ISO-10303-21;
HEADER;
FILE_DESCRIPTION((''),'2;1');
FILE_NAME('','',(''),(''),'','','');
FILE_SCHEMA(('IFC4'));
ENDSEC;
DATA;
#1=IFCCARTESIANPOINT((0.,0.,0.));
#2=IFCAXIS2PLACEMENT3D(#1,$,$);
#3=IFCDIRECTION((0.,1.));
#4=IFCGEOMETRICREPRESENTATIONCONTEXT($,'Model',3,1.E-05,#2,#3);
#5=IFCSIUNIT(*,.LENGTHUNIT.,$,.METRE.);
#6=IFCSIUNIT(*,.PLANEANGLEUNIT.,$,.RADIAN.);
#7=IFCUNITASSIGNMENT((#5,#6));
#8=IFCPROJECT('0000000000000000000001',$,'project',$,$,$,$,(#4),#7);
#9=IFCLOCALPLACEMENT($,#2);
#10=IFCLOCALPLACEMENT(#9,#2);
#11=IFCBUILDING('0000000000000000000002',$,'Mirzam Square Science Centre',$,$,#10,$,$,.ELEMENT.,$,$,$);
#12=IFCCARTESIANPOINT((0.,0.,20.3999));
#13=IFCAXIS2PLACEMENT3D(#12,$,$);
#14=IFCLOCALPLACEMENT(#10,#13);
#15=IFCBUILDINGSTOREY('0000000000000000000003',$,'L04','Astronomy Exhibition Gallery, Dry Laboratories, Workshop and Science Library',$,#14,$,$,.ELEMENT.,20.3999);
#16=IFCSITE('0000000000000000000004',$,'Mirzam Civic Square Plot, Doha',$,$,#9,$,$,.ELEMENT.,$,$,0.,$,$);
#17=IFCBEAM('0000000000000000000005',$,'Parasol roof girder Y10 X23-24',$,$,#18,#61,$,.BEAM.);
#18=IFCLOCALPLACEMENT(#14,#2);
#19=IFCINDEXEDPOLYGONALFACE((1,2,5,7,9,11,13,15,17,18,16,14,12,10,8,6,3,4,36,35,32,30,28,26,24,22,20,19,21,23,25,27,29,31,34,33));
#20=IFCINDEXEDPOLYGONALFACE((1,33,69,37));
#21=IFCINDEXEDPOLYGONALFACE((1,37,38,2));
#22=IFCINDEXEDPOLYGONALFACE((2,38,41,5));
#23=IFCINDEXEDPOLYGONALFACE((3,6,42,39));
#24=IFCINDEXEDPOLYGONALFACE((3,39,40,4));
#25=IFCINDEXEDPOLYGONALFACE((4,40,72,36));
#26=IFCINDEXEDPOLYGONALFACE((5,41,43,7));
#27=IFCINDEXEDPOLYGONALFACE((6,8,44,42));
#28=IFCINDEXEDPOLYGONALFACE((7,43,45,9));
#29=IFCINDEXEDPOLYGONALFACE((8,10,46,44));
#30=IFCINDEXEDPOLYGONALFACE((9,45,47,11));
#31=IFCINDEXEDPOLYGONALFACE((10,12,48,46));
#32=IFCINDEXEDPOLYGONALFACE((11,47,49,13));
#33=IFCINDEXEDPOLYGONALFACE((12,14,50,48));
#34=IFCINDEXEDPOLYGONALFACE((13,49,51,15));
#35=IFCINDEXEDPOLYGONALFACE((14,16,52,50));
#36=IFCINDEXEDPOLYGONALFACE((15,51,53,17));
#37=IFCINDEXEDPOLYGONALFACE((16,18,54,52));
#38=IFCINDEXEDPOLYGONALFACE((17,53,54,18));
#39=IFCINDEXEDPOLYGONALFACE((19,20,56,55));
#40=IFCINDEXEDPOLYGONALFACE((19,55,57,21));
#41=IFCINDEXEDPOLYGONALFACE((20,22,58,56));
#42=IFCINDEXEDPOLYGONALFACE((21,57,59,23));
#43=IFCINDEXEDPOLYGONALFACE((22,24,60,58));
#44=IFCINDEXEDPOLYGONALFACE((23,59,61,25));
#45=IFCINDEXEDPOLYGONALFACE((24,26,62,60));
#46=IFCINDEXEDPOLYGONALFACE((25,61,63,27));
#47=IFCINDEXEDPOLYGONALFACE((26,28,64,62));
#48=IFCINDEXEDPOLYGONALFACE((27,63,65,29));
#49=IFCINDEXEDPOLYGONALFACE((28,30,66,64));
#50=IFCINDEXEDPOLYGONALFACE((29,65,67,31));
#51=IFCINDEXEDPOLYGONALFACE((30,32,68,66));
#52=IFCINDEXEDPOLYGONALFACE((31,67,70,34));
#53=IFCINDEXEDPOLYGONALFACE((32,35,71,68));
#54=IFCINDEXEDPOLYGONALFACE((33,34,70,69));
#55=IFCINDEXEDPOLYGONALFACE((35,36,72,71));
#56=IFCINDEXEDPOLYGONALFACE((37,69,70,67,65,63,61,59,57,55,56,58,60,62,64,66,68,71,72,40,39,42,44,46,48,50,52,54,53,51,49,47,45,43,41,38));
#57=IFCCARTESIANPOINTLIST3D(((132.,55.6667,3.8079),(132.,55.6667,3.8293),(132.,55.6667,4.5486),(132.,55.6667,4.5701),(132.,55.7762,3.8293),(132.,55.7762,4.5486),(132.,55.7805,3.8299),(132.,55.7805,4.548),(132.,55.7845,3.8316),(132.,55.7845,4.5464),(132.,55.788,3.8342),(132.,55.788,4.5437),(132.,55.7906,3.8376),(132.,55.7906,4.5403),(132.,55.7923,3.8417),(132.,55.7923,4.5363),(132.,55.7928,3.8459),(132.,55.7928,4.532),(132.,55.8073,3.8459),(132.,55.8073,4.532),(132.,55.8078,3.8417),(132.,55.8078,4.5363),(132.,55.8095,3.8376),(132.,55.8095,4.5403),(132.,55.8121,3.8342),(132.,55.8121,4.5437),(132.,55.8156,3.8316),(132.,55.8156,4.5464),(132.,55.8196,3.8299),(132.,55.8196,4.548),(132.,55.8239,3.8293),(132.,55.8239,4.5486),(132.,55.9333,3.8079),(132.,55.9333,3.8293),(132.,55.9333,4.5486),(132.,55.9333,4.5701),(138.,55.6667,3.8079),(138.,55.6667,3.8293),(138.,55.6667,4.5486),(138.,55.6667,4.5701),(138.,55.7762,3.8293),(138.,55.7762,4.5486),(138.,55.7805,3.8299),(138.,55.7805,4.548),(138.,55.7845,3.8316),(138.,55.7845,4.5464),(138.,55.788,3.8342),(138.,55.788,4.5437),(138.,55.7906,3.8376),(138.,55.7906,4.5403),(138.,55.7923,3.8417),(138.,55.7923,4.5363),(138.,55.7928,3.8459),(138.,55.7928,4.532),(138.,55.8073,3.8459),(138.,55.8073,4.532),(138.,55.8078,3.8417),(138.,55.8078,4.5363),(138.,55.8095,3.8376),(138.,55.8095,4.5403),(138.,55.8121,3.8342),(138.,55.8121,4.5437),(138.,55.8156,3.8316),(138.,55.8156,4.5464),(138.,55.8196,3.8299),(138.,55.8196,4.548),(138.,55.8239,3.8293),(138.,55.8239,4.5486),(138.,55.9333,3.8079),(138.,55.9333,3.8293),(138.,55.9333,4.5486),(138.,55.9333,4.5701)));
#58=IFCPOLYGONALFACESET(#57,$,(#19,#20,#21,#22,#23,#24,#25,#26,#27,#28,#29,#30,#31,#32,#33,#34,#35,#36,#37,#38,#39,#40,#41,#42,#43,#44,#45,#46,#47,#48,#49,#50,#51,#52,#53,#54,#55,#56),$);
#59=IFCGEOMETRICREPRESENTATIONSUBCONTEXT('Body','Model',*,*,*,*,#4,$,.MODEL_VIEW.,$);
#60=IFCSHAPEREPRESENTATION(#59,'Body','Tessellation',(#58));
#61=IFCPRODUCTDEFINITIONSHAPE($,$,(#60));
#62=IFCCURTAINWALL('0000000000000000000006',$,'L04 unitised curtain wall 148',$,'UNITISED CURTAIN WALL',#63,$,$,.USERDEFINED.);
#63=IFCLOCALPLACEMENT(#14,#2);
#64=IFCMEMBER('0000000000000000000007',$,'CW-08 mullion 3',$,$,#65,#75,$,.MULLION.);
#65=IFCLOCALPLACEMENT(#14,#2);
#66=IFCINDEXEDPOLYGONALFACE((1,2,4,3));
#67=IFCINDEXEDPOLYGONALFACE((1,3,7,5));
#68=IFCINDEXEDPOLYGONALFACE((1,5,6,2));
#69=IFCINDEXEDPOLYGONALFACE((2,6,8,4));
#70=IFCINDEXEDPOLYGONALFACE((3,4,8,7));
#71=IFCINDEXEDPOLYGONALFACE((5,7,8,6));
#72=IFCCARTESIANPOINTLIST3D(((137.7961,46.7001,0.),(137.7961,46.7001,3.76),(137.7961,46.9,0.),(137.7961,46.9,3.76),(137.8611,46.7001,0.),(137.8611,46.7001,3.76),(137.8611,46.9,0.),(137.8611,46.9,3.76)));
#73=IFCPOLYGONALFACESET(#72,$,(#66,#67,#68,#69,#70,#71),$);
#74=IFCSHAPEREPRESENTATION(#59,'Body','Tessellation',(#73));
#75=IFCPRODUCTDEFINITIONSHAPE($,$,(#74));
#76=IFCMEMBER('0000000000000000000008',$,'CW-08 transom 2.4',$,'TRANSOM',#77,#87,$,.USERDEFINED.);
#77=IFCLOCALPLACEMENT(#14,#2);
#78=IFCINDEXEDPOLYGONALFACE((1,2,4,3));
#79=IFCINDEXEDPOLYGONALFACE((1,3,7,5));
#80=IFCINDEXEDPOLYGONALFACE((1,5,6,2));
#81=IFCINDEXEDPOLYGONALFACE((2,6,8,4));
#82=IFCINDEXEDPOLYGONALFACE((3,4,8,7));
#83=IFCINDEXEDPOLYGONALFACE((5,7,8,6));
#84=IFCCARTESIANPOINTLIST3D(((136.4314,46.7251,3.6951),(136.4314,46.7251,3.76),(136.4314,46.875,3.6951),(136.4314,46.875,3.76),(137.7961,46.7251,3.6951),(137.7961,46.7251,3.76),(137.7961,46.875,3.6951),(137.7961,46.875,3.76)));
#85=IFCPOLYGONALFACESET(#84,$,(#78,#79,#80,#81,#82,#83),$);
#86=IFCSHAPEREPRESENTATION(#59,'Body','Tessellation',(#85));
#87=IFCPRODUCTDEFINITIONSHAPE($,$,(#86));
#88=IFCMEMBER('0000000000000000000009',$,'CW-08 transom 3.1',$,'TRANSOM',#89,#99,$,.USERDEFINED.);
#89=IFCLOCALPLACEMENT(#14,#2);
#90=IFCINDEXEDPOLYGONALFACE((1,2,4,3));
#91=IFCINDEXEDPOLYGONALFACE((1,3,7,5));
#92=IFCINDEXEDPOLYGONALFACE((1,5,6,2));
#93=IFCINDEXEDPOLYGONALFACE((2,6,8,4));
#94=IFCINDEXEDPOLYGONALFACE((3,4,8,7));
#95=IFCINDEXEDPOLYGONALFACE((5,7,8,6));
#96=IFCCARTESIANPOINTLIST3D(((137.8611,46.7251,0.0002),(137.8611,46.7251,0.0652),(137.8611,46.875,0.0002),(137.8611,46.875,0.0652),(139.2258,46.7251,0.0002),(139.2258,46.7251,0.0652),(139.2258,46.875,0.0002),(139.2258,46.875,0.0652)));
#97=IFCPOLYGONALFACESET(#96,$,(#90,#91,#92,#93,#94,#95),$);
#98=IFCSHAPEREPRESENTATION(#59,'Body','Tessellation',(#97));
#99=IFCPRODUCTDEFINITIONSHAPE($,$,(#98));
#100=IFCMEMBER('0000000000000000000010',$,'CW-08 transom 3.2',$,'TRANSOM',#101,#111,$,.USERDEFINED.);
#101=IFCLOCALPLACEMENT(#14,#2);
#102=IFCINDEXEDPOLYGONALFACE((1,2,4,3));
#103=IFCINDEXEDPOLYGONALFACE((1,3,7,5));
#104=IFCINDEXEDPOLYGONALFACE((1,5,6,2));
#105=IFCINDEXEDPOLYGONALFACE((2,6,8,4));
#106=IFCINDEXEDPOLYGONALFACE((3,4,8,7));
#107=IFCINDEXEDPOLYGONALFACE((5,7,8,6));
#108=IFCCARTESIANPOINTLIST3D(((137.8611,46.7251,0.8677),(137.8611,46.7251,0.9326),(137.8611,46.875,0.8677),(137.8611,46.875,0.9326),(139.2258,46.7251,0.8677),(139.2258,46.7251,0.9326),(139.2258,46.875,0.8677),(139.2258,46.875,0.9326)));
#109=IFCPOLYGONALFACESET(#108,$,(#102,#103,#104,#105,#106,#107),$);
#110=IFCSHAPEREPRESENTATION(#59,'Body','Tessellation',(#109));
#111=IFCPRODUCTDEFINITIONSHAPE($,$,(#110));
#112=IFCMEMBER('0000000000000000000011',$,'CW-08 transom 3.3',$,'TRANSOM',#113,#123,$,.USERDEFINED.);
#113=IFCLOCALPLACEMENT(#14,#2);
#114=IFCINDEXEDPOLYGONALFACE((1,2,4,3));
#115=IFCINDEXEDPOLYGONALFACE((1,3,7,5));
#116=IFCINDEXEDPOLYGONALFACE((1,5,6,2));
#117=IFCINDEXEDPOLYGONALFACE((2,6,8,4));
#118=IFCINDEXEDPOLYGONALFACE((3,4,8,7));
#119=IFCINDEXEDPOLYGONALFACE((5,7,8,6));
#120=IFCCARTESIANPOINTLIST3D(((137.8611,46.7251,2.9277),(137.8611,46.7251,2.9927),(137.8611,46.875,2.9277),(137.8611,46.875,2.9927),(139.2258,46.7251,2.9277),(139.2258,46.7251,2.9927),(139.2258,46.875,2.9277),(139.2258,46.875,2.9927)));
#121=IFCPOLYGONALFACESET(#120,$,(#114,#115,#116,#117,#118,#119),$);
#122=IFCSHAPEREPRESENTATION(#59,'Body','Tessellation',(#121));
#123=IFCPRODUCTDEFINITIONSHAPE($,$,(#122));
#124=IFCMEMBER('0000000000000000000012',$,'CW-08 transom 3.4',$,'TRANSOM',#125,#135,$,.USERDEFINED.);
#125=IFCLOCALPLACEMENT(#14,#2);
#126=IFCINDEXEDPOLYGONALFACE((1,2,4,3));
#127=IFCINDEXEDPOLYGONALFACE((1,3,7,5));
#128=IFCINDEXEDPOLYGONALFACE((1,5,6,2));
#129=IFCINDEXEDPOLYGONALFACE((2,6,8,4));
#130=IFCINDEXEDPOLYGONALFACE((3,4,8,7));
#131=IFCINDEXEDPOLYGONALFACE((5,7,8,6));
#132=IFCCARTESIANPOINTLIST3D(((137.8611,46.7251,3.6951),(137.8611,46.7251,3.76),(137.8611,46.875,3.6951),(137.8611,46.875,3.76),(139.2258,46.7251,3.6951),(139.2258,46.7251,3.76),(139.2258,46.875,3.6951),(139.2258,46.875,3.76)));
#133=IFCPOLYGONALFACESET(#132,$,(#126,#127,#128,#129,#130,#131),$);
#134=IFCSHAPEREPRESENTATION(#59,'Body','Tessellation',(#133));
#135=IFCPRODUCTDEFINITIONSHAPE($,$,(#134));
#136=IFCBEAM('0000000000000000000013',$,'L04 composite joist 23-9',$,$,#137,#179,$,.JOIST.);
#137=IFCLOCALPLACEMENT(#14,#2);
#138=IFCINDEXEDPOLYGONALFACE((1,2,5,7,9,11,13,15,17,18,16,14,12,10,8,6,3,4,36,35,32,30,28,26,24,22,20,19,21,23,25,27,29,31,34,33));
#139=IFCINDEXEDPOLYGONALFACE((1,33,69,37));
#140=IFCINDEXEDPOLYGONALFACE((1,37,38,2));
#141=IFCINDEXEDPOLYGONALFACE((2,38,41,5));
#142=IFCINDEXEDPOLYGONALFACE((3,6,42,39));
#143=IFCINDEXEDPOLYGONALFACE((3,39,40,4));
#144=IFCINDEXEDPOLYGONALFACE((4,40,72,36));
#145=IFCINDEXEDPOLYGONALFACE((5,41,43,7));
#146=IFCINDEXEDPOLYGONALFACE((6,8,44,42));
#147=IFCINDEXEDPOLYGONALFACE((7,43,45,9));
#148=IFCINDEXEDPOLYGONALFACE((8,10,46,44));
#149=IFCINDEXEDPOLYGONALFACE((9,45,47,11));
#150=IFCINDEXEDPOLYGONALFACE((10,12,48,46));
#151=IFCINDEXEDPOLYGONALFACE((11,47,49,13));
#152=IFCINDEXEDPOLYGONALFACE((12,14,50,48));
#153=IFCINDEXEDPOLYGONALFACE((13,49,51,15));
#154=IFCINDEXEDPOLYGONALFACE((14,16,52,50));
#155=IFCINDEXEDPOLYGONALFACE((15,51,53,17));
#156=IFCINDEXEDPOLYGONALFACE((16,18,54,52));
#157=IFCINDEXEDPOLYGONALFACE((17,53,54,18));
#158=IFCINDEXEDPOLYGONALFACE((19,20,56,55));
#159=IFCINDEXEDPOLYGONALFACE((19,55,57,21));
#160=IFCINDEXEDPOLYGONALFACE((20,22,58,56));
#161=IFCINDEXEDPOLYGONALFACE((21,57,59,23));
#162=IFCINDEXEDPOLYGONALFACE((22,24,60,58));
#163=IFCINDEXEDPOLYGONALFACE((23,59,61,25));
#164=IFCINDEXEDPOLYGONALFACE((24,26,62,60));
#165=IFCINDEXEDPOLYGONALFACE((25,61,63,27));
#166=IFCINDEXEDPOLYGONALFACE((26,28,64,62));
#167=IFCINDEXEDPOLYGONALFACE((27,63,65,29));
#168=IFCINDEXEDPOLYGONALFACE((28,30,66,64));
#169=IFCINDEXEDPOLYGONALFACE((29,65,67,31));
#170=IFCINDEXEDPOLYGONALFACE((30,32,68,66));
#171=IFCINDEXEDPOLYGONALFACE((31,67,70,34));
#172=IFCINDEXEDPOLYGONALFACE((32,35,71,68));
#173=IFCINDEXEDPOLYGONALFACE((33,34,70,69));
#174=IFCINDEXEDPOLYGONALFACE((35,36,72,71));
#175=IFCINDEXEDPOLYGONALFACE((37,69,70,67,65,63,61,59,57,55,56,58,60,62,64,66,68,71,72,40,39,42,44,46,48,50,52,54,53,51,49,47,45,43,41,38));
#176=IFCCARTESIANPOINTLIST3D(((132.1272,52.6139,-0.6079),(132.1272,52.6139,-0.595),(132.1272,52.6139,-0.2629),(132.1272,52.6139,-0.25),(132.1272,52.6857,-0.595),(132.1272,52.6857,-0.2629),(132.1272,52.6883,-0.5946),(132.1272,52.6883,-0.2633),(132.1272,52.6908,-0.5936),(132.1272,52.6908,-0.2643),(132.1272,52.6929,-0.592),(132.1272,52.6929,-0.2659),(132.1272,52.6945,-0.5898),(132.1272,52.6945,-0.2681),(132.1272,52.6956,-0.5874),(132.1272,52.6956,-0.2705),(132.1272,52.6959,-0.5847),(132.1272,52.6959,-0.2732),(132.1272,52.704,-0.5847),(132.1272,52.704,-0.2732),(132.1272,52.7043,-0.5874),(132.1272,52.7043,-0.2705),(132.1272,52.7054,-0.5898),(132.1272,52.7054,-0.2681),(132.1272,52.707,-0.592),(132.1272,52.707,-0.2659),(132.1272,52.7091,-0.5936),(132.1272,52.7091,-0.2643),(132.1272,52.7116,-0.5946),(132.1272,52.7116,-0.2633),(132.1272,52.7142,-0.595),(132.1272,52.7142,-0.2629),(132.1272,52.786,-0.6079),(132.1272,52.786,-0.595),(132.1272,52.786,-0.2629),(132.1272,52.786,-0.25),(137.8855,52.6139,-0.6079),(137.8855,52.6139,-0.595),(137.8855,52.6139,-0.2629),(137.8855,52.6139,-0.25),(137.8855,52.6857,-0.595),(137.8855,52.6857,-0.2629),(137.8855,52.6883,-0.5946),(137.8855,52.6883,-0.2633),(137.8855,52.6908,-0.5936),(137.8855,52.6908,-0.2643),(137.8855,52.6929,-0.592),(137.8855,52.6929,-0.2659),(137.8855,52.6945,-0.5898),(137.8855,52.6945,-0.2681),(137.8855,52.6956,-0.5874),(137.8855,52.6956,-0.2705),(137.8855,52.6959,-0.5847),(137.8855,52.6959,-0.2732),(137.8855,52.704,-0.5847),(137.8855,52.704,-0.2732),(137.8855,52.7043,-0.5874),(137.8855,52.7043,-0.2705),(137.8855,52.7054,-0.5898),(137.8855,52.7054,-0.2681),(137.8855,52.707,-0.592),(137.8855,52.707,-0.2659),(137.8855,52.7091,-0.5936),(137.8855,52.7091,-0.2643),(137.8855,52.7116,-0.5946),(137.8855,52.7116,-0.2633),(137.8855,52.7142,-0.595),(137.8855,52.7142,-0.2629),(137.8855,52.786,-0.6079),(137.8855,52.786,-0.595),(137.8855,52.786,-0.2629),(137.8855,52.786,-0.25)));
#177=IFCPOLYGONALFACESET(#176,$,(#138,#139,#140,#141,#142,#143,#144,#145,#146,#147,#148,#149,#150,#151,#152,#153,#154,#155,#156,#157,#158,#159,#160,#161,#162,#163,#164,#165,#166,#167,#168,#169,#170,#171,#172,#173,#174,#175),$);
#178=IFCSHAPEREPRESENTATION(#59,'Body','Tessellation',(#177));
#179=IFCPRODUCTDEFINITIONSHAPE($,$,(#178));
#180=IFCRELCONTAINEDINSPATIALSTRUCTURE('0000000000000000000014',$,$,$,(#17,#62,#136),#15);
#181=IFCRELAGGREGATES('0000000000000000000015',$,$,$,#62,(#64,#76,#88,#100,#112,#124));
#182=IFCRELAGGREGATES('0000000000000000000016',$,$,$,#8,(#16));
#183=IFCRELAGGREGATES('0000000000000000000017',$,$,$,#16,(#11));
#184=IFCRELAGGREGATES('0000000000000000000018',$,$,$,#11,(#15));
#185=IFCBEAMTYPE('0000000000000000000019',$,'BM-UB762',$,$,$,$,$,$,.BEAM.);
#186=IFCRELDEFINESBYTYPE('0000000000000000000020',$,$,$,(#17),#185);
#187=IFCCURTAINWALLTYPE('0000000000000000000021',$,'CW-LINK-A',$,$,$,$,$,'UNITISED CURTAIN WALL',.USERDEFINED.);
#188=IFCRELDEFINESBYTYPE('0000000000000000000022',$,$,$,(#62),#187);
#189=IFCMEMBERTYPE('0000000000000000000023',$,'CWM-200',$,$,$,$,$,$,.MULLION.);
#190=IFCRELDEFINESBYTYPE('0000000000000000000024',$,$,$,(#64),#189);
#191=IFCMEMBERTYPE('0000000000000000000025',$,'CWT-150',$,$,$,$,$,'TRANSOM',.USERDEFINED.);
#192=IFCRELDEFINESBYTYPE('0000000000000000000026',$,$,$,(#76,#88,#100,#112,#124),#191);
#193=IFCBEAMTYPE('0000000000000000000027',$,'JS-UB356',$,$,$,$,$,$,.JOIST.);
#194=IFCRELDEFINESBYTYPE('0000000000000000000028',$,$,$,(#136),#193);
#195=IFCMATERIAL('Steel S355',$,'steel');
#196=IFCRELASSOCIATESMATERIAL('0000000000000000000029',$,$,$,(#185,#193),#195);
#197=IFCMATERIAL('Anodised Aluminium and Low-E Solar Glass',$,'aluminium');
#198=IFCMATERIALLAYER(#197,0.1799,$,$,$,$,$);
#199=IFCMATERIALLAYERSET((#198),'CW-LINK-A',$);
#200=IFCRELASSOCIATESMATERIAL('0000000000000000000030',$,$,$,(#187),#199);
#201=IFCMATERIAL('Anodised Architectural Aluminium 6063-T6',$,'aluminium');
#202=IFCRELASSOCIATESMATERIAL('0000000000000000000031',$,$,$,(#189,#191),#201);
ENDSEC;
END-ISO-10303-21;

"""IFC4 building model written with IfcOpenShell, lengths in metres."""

from ifc_helpers import new_model, si_unit, direction, frame, origin, origin_2d, place, context, subcontext, project, spatial, rectangle, i_section, extrude, material, layer, layer_set, material_profile, profile_set, type_object, element, aggregate, save


model = new_model("IFC4")

# Units and contexts
model_context = context("Model", 3, precision=1e-05, world=origin(), true_north=direction((0.0, 1.0)))
body_context = subcontext(model_context, "Body", "Model", "MODEL_VIEW")
ifc_project = project(units=[si_unit("LENGTHUNIT", "METRE"), si_unit("PLANEANGLEUNIT", "RADIAN")], contexts=[model_context])

# Site, building, storey
site_placement = place(None, origin())
site = spatial("IfcSite", under=ifc_project, at=site_placement, Name="Mirzam Civic Square Plot, Doha", CompositionType="ELEMENT", RefElevation=0.0)
building_placement = place(site_placement, origin())
building = spatial("IfcBuilding", under=site, at=building_placement, Name="Mirzam Square Science Centre", CompositionType="ELEMENT")
storey_placement = place(building_placement, frame((0.0, 0.0, 20.3999)))
storey = spatial("IfcBuildingStorey", under=building, at=storey_placement, Name="L04", Description="Astronomy Exhibition Gallery, Dry Laboratories, Workshop and Science Library", CompositionType="ELEMENT", Elevation=20.3999)

# Shared definitions
ifc_material_1 = material(Name="Steel S355", Category="steel")

# Beam
ifc_material_profile_1 = material_profile(ifc_material_1, i_section(OverallWidth=0.2666, OverallDepth=0.7622, WebThickness=0.0144, FlangeThickness=0.0215, FilletRadius=0.0166, at=origin_2d()), Name="762x267x173UB")
ifc_profile_set_1 = profile_set([ifc_material_profile_1], Name="Steel S355")
beam_type_1 = type_object("IfcBeamType", Name="BM-UB762", PredefinedType="BEAM", material=ifc_profile_set_1)
for number, where, z_axis, x_axis, name in (
    (1, (132.0, 55.8, 4.189), (1.0, 0.0, 0.0), (0.0, 1.0, 0.0), "Parasol roof girder Y10 X23-24"),
):
    element("IfcBeam", number, at=place(storey_placement, frame(where, z_axis=z_axis, x_axis=x_axis)), inside=storey, type_object=beam_type_1, Name=name, PredefinedType="BEAM", context=body_context, shape_type="SweptSolid", body=[
        extrude(i_section(OverallWidth=0.2666, OverallDepth=0.7622, WebThickness=0.0144, FlangeThickness=0.0215, FilletRadius=0.0166, at=origin_2d()), origin(), (0.0, 0.0, 1.0), 6.0),
    ])

# Curtain wall, members
ifc_material_2 = material(Name="Anodised Aluminium and Low-E Solar Glass", Category="aluminium")
ifc_layer_1 = layer(ifc_material_2, 0.1799)
ifc_layer_set_1 = layer_set([ifc_layer_1], Name="CW-LINK-A")
curtain_wall_type = type_object("IfcCurtainWallType", Name="CW-LINK-A", ElementType="UNITISED CURTAIN WALL", PredefinedType="USERDEFINED", material=ifc_layer_set_1)
curtain_wall_placement = place(storey_placement, origin())
curtain_wall = element("IfcCurtainWall", 2, at=curtain_wall_placement, inside=storey, type_object=curtain_wall_type, Name="L04 unitised curtain wall 148", ObjectType="UNITISED CURTAIN WALL", PredefinedType="USERDEFINED")
ifc_material_3 = material(Name="Anodised Architectural Aluminium 6063-T6", Category="aluminium")
ifc_material_profile_2 = material_profile(ifc_material_3, rectangle(XDim=0.0649, YDim=0.2, at=origin_2d()), Name="ALU-MULL-200x65x5")
ifc_profile_set_2 = profile_set([ifc_material_profile_2], Name="Anodised Architectural Aluminium 6063-T6")
member_type_1 = type_object("IfcMemberType", Name="CWM-200", PredefinedType="MULLION", material=ifc_profile_set_2)
member_1_placement = place(storey_placement, frame((137.8286, 46.8, 0.0), z_axis=(0.0, 0.0, 1.0), x_axis=(1.0, 0.0, 0.0)))
member_1 = element("IfcMember", 3, at=member_1_placement, type_object=member_type_1, Name="CW-08 mullion 3", PredefinedType="MULLION", context=body_context, shape_type="SweptSolid", body=[
    extrude(rectangle(XDim=0.0649, YDim=0.2, at=origin_2d()), origin(), (0.0, 0.0, 1.0), 3.76),
])
ifc_material_profile_3 = material_profile(ifc_material_3, rectangle(XDim=0.1499, YDim=0.0649, at=origin_2d()), Name="ALU-TRAN-150x65x4")
ifc_profile_set_3 = profile_set([ifc_material_profile_3], Name="Anodised Architectural Aluminium 6063-T6")
member_type_2 = type_object("IfcMemberType", Name="CWT-150", ElementType="TRANSOM", PredefinedType="USERDEFINED", material=ifc_profile_set_3)
member_2_placement = place(storey_placement, frame((136.4314, 46.8, 3.7275), z_axis=(1.0, 0.0, 0.0), x_axis=(0.0, 1.0, 0.0)))
member_2 = element("IfcMember", 4, at=member_2_placement, type_object=member_type_2, Name="CW-08 transom 2.4", ObjectType="TRANSOM", PredefinedType="USERDEFINED", context=body_context, shape_type="SweptSolid", body=[
    extrude(rectangle(XDim=0.1499, YDim=0.0649, at=origin_2d()), origin(), (0.0, 0.0, 1.0), 1.3647),
])
member_3_placement = place(storey_placement, frame((137.8611, 46.8, 0.0327), z_axis=(1.0, 0.0, 0.0), x_axis=(0.0, 1.0, 0.0)))
member_3 = element("IfcMember", 5, at=member_3_placement, type_object=member_type_2, Name="CW-08 transom 3.1", ObjectType="TRANSOM", PredefinedType="USERDEFINED", context=body_context, shape_type="SweptSolid", body=[
    extrude(rectangle(XDim=0.1499, YDim=0.0649, at=origin_2d()), origin(), (0.0, 0.0, 1.0), 1.3647),
])
member_4_placement = place(storey_placement, frame((137.8611, 46.8, 0.9001), z_axis=(1.0, 0.0, 0.0), x_axis=(0.0, 1.0, 0.0)))
member_4 = element("IfcMember", 6, at=member_4_placement, type_object=member_type_2, Name="CW-08 transom 3.2", ObjectType="TRANSOM", PredefinedType="USERDEFINED", context=body_context, shape_type="SweptSolid", body=[
    extrude(rectangle(XDim=0.1499, YDim=0.0649, at=origin_2d()), origin(), (0.0, 0.0, 1.0), 1.3647),
])
member_5_placement = place(storey_placement, frame((137.8611, 46.8, 2.9602), z_axis=(1.0, 0.0, 0.0), x_axis=(0.0, 1.0, 0.0)))
member_5 = element("IfcMember", 7, at=member_5_placement, type_object=member_type_2, Name="CW-08 transom 3.3", ObjectType="TRANSOM", PredefinedType="USERDEFINED", context=body_context, shape_type="SweptSolid", body=[
    extrude(rectangle(XDim=0.1499, YDim=0.0649, at=origin_2d()), origin(), (0.0, 0.0, 1.0), 1.3647),
])
member_6_placement = place(storey_placement, frame((137.8611, 46.8, 3.7275), z_axis=(1.0, 0.0, 0.0), x_axis=(0.0, 1.0, 0.0)))
member_6 = element("IfcMember", 8, at=member_6_placement, type_object=member_type_2, Name="CW-08 transom 3.4", ObjectType="TRANSOM", PredefinedType="USERDEFINED", context=body_context, shape_type="SweptSolid", body=[
    extrude(rectangle(XDim=0.1499, YDim=0.0649, at=origin_2d()), origin(), (0.0, 0.0, 1.0), 1.3647),
])

# Beam
ifc_material_profile_4 = material_profile(ifc_material_1, i_section(OverallWidth=0.1721, OverallDepth=0.3579, WebThickness=0.0081, FlangeThickness=0.0129, FilletRadius=0.0103, at=origin_2d()), Name="356x171x57UB")
ifc_profile_set_4 = profile_set([ifc_material_profile_4], Name="Steel S355")
beam_type_2 = type_object("IfcBeamType", Name="JS-UB356", PredefinedType="JOIST", material=ifc_profile_set_4)
beam_1_placement = place(storey_placement, frame((132.1272, 52.7, -0.429), z_axis=(1.0, 0.0, 0.0), x_axis=(0.0, 1.0, 0.0)))
element("IfcBeam", 9, at=beam_1_placement, inside=storey, type_object=beam_type_2, Name="L04 composite joist 23-9", PredefinedType="JOIST", context=body_context, shape_type="SweptSolid", body=[
    extrude(i_section(OverallWidth=0.1721, OverallDepth=0.3579, WebThickness=0.0081, FlangeThickness=0.0129, FilletRadius=0.0103, at=origin_2d()), origin(), (0.0, 0.0, 1.0), 5.7583),
])

aggregate(curtain_wall, [member_1, member_2, member_3, member_4, member_5, member_6])

save(model, "model.ifc")
